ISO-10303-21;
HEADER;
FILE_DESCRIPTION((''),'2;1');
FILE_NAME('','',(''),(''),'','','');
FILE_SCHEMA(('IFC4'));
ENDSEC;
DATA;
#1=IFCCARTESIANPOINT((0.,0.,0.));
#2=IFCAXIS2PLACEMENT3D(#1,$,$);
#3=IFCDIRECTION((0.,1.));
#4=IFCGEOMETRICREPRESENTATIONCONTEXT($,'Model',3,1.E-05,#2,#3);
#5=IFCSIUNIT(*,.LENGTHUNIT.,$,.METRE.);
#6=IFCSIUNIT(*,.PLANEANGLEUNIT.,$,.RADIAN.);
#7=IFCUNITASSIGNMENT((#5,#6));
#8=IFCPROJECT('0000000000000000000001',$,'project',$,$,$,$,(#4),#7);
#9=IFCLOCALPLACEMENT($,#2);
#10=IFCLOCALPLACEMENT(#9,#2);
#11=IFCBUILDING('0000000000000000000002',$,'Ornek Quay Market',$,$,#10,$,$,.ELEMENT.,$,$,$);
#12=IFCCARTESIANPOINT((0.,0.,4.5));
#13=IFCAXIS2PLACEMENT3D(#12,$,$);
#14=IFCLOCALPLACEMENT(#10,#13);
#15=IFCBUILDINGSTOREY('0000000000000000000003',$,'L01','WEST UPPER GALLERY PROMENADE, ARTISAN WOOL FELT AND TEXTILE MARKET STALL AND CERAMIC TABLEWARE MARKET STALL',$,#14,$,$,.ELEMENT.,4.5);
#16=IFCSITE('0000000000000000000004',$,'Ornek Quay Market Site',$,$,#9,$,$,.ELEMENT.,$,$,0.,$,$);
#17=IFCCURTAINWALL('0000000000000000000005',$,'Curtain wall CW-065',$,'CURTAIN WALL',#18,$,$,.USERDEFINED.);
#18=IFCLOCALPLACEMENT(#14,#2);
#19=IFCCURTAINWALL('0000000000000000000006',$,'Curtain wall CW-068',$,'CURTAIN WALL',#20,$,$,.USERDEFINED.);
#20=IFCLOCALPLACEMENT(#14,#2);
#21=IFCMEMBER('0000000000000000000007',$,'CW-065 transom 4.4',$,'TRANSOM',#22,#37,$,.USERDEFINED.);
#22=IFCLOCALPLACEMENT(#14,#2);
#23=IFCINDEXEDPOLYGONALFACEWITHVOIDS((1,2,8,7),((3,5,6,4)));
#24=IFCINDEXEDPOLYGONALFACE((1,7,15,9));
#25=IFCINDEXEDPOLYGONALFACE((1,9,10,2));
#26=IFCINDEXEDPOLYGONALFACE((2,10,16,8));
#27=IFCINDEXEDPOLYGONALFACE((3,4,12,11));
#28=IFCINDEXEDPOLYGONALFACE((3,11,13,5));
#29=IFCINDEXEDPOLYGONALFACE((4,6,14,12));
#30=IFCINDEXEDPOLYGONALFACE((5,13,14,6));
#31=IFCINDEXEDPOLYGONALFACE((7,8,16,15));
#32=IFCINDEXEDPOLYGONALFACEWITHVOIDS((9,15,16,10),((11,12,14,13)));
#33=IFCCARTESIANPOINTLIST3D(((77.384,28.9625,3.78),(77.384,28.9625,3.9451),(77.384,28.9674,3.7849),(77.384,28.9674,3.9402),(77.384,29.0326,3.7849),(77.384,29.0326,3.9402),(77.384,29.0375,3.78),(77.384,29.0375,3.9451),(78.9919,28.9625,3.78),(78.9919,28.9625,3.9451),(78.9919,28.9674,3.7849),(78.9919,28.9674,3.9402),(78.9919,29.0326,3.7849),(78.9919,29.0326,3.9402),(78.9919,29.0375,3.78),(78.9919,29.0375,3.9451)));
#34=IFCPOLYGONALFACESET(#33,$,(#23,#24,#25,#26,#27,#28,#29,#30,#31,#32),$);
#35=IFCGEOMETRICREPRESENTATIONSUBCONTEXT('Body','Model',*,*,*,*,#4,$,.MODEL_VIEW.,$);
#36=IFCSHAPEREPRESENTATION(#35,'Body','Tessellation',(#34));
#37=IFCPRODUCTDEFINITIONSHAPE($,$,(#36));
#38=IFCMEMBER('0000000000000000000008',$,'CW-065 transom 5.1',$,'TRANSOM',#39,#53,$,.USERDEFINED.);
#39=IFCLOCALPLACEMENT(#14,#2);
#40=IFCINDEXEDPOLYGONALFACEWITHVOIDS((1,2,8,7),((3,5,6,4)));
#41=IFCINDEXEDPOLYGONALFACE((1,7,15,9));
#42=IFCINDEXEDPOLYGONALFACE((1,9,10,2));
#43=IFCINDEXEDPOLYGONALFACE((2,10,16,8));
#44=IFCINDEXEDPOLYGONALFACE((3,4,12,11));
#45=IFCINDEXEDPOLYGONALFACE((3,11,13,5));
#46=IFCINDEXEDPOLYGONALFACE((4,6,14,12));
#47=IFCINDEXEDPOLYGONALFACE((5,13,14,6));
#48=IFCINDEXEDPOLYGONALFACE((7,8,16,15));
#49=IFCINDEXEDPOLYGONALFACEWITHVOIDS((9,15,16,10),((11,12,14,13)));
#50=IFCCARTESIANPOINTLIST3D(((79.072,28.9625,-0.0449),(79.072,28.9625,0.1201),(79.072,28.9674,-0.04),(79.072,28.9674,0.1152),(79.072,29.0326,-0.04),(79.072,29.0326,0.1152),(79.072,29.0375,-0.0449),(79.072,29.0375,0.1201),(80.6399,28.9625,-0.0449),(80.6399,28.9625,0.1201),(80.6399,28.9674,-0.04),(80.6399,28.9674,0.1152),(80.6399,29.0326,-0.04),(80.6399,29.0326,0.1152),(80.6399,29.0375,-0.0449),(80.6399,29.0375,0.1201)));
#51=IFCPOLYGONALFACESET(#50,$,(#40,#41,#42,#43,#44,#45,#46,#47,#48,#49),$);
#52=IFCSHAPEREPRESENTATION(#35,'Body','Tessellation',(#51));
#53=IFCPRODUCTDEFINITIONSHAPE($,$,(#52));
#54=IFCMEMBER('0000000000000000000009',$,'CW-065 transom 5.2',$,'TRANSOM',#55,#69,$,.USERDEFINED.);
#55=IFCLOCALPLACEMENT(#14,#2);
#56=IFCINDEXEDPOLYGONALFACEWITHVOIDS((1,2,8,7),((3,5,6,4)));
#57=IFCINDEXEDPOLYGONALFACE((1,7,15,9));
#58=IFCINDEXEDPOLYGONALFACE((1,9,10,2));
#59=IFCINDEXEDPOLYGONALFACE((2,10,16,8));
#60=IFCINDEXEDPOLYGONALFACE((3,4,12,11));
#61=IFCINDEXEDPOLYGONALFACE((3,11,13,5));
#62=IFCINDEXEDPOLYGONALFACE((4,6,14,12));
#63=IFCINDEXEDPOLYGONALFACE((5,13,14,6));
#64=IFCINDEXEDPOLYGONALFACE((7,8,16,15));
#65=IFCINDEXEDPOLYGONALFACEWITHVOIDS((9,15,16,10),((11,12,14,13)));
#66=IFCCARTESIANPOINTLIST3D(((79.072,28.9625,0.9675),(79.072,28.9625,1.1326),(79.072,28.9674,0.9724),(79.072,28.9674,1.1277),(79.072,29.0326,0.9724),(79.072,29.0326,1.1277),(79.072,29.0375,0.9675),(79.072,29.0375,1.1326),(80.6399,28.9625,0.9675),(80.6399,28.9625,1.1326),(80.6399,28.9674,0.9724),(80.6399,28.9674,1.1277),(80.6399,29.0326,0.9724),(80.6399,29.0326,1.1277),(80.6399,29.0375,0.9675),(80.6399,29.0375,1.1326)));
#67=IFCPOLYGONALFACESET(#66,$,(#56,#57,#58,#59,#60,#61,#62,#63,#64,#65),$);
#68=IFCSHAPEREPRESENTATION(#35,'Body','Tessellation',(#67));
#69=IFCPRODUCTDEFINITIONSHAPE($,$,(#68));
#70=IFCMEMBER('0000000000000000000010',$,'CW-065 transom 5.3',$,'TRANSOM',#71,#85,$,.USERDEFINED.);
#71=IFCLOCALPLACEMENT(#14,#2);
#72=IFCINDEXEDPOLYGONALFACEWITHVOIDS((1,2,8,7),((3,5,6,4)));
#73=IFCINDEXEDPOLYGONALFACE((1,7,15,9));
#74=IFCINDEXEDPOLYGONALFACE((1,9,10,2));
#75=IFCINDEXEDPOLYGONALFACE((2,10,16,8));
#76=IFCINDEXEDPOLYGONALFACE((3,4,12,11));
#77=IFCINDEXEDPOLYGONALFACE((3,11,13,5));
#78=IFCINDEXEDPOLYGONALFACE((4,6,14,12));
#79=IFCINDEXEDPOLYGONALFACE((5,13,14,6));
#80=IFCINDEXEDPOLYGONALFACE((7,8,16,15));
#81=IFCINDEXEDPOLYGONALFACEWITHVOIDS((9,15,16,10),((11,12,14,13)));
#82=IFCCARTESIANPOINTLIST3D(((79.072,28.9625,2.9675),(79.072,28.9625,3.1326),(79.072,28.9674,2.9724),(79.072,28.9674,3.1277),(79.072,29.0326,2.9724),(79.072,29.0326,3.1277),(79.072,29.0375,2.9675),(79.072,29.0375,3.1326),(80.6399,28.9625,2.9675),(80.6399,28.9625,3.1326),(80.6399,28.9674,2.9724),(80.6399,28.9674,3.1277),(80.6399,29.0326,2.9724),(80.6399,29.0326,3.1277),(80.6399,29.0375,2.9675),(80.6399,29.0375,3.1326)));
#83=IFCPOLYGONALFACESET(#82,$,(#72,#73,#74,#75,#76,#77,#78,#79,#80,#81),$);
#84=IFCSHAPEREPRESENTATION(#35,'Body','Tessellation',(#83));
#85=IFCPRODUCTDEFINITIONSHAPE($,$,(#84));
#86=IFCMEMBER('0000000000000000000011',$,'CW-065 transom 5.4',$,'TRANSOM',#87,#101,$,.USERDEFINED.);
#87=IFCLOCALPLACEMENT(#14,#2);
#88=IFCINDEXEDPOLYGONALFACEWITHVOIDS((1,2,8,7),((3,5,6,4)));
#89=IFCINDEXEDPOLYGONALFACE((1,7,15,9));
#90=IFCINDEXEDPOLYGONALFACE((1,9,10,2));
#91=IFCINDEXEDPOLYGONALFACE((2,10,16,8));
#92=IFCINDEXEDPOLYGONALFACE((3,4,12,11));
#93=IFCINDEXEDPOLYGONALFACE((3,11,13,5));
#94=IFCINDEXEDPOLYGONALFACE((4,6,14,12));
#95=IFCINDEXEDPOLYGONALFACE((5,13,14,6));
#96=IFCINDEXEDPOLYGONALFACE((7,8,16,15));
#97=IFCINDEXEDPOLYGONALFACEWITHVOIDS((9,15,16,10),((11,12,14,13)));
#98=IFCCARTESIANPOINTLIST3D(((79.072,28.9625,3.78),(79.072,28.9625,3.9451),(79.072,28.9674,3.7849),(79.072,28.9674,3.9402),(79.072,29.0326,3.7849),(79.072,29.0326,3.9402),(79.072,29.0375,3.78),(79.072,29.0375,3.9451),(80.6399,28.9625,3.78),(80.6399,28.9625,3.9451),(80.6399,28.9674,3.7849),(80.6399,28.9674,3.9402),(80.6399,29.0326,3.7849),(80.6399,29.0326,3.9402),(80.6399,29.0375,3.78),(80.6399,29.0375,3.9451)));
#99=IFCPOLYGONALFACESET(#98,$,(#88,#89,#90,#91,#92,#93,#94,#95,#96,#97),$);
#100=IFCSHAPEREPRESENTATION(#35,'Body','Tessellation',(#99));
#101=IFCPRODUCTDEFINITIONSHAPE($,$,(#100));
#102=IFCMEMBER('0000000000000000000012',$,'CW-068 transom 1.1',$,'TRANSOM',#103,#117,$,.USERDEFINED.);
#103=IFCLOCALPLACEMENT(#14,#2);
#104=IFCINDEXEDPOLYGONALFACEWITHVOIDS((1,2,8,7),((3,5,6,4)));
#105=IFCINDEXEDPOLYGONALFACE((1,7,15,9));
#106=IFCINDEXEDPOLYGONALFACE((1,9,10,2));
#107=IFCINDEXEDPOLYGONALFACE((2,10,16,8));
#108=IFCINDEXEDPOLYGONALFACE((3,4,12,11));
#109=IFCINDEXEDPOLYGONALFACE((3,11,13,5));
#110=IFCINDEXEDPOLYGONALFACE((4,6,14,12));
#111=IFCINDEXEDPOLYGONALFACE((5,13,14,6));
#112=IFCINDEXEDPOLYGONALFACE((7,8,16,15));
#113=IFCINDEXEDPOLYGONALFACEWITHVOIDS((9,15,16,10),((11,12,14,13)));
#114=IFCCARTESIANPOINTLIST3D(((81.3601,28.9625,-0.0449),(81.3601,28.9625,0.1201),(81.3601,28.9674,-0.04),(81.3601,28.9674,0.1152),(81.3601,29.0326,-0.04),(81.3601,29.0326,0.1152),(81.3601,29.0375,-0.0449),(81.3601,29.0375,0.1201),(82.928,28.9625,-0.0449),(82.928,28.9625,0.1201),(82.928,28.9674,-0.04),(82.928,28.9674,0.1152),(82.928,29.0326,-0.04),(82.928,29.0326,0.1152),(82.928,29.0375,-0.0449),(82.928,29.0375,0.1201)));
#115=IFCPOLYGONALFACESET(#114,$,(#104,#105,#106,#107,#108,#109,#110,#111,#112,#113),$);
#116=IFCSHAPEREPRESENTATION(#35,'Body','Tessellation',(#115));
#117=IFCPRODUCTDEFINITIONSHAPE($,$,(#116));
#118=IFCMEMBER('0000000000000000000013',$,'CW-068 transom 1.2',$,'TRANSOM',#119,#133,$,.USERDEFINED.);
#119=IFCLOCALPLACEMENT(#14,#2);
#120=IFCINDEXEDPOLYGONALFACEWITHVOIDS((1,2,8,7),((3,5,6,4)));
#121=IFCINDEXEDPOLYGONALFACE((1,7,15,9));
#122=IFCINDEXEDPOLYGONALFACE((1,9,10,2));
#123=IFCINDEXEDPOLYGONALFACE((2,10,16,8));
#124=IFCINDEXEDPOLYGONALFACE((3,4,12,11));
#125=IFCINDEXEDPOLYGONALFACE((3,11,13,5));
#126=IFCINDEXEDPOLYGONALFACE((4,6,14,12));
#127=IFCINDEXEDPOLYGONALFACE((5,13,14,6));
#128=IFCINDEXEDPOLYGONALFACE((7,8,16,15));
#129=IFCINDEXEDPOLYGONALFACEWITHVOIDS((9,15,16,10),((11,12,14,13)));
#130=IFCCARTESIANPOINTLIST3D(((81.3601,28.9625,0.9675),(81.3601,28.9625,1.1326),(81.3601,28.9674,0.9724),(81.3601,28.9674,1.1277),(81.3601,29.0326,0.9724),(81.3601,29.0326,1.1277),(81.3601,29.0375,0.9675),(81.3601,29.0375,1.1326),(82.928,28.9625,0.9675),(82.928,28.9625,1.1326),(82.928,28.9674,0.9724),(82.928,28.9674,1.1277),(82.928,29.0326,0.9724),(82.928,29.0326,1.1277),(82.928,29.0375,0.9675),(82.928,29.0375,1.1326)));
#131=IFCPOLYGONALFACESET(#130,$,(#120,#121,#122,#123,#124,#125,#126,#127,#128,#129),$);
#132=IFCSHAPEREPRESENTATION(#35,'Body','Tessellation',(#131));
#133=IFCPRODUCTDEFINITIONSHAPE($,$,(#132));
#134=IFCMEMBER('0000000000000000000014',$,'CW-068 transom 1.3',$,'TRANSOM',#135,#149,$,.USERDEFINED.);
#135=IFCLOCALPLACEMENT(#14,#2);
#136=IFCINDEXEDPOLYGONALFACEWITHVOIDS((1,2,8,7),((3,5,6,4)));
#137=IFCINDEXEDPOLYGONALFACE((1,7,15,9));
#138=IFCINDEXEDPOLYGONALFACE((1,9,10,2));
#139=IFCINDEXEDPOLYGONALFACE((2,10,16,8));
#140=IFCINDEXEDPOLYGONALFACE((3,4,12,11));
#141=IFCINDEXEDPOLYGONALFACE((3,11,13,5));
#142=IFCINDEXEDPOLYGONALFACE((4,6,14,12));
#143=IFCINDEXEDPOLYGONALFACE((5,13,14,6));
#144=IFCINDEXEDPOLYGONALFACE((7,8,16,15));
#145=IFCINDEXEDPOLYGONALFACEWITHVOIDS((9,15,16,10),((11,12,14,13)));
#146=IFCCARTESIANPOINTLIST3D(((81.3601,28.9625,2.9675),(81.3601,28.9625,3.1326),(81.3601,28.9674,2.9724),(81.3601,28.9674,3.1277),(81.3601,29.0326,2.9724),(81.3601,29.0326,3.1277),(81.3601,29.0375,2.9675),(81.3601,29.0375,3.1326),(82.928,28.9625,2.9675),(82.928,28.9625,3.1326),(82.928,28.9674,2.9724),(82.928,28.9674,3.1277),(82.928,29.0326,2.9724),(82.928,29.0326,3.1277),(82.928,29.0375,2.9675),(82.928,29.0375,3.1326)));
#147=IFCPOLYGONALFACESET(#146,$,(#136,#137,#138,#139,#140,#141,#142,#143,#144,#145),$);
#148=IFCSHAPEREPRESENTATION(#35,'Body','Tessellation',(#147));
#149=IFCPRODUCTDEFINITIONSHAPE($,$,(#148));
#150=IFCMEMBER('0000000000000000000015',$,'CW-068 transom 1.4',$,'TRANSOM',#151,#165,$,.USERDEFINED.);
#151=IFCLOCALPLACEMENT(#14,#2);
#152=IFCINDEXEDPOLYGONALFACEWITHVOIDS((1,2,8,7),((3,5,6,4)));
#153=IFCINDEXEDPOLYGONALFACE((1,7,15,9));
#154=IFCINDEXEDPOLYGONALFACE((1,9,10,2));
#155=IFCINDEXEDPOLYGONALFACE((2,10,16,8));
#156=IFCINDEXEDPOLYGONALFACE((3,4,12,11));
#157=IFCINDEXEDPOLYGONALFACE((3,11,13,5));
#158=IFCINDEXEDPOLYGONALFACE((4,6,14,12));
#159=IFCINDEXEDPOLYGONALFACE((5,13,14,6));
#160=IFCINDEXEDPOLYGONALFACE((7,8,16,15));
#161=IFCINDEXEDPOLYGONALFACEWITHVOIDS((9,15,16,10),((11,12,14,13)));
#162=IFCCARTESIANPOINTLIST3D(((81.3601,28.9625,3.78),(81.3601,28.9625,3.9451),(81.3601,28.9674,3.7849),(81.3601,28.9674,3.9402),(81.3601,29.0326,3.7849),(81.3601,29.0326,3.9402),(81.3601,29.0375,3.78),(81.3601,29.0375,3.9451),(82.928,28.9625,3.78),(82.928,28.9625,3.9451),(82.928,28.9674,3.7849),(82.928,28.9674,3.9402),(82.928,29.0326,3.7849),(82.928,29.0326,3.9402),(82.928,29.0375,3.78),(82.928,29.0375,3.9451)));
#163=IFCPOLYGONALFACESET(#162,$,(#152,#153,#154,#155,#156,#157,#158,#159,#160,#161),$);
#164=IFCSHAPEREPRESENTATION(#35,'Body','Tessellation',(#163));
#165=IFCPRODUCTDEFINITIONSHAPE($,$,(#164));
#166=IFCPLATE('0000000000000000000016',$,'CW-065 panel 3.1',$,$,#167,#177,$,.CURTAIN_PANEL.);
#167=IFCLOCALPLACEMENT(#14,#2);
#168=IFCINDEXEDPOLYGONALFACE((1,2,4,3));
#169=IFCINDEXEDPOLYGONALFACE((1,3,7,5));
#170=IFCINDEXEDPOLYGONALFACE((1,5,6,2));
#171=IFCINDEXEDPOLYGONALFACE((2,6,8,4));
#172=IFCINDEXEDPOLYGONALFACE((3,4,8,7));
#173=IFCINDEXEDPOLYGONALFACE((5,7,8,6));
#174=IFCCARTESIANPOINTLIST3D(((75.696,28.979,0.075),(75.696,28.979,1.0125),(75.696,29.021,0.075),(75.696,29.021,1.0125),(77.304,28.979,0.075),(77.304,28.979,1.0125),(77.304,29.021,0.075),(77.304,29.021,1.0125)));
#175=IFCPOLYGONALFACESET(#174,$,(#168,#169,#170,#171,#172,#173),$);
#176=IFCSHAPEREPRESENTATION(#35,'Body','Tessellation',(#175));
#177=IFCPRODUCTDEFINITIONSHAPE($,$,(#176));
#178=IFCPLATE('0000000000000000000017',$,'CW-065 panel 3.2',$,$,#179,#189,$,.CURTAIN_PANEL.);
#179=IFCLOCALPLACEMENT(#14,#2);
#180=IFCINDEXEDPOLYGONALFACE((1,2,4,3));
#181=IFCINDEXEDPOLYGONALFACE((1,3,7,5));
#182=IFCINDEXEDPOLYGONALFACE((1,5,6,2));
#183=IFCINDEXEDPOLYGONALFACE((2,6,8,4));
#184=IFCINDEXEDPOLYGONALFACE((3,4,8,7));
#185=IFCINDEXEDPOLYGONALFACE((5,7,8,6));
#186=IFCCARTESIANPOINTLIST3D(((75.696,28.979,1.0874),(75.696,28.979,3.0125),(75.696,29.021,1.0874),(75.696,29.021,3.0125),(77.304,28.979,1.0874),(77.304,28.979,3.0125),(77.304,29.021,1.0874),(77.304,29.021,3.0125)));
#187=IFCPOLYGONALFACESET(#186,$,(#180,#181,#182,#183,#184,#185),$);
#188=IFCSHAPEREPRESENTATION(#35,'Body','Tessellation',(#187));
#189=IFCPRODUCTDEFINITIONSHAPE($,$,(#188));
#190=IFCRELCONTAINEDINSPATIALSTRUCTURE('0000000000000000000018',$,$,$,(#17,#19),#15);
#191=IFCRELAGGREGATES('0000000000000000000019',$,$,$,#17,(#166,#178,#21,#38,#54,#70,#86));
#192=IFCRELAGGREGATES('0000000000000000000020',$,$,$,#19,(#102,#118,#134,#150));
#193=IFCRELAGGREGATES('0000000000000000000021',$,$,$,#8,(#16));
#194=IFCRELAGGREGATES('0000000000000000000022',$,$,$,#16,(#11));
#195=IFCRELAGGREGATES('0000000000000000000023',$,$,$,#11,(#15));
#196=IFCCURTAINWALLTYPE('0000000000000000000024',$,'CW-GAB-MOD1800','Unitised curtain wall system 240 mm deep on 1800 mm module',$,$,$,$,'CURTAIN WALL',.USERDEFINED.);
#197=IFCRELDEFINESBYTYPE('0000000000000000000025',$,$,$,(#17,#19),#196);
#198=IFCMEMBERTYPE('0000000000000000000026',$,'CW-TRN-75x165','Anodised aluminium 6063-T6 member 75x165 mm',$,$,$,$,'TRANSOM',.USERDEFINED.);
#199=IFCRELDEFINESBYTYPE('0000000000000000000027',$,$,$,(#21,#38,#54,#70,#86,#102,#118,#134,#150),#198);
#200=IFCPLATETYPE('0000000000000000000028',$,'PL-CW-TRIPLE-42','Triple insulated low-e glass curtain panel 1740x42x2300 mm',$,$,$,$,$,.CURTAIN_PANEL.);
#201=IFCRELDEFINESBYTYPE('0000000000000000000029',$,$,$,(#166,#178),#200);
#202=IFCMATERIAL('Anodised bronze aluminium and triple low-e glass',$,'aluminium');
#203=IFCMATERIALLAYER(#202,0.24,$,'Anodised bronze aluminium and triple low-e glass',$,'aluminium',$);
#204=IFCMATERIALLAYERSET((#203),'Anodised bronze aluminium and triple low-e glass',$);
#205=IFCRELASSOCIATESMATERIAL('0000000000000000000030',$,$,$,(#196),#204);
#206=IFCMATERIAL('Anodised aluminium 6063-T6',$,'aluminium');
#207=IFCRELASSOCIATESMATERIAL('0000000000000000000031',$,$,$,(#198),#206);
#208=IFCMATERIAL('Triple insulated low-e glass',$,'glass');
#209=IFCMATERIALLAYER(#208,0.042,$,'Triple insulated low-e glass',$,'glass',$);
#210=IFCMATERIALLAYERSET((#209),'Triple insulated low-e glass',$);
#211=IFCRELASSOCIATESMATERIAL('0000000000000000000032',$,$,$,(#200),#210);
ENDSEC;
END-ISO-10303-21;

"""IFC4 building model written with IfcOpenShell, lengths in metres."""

from ifc_helpers import new_model, si_unit, direction, frame, origin, origin_2d, place, context, subcontext, project, spatial, rectangle, hollow_rectangle, extrude, material, layer, layer_set, material_profile, profile_set, type_object, element, aggregate, save


model = new_model("IFC4")

# Units and contexts
model_context = context("Model", 3, precision=1e-05, world=origin(), true_north=direction((0.0, 1.0)))
body_context = subcontext(model_context, "Body", "Model", "MODEL_VIEW")
ifc_project = project(units=[si_unit("LENGTHUNIT", "METRE"), si_unit("PLANEANGLEUNIT", "RADIAN")], contexts=[model_context])

# Site, building, storey
site_placement = place(None, origin())
site = spatial("IfcSite", under=ifc_project, at=site_placement, Name="Ornek Quay Market Site", CompositionType="ELEMENT", RefElevation=0.0)
building_placement = place(site_placement, origin())
building = spatial("IfcBuilding", under=site, at=building_placement, Name="Ornek Quay Market", CompositionType="ELEMENT")
storey_placement = place(building_placement, frame((0.0, 0.0, 4.5)))
storey = spatial("IfcBuildingStorey", under=building, at=storey_placement, Name="L01", Description="WEST UPPER GALLERY PROMENADE, ARTISAN WOOL FELT AND TEXTILE MARKET STALL AND CERAMIC TABLEWARE MARKET STALL", CompositionType="ELEMENT", Elevation=4.5)

# Curtain walls
ifc_material_1 = material(Name="Anodised bronze aluminium and triple low-e glass", Category="aluminium")
ifc_layer_1 = layer(ifc_material_1, 0.24, Name="Anodised bronze aluminium and triple low-e glass", Category="aluminium")
ifc_layer_set_1 = layer_set([ifc_layer_1], Name="Anodised bronze aluminium and triple low-e glass")
curtain_wall_type = type_object("IfcCurtainWallType", Name="CW-GAB-MOD1800", Description="Unitised curtain wall system 240 mm deep on 1800 mm module", ElementType="CURTAIN WALL", PredefinedType="USERDEFINED", material=ifc_layer_set_1)
curtain_wall_1_placement = place(storey_placement, origin())
curtain_wall_1 = element("IfcCurtainWall", 1, at=curtain_wall_1_placement, inside=storey, type_object=curtain_wall_type, Name="Curtain wall CW-065", ObjectType="CURTAIN WALL", PredefinedType="USERDEFINED")
ifc_material_2 = material(Name="Anodised aluminium 6063-T6", Category="aluminium")
curtain_wall_2_placement = place(storey_placement, origin())
curtain_wall_2 = element("IfcCurtainWall", 2, at=curtain_wall_2_placement, inside=storey, type_object=curtain_wall_type, Name="Curtain wall CW-068", ObjectType="CURTAIN WALL", PredefinedType="USERDEFINED")

# Members
ifc_material_profile_1 = material_profile(ifc_material_2, hollow_rectangle(XDim=0.075, YDim=0.165, WallThickness=0.0049, at=origin_2d()), Name="CW-TRN-75x165", Category="aluminium")
ifc_profile_set_1 = profile_set([ifc_material_profile_1], Name="Anodised aluminium 6063-T6")
member_type_1 = type_object("IfcMemberType", Name="CW-TRN-75x165", Description="Anodised aluminium 6063-T6 member 75x165 mm", ElementType="TRANSOM", PredefinedType="USERDEFINED", material=ifc_profile_set_1)
member_1_placement = place(storey_placement, frame((77.384, 29.0, 3.8625), z_axis=(1.0, 0.0, 0.0), x_axis=(0.0, 1.0, 0.0)))
member_1 = element("IfcMember", 3, at=member_1_placement, type_object=member_type_1, Name="CW-065 transom 4.4", ObjectType="TRANSOM", PredefinedType="USERDEFINED", context=body_context, shape_type="SweptSolid", body=[
    extrude(hollow_rectangle(XDim=0.075, YDim=0.165, WallThickness=0.0049, at=origin_2d()), origin(), (0.0, 0.0, 1.0), 1.6079),
])
member_2_placement = place(storey_placement, frame((79.072, 29.0, 0.0376), z_axis=(1.0, 0.0, 0.0), x_axis=(0.0, 1.0, 0.0)))
member_2 = element("IfcMember", 4, at=member_2_placement, type_object=member_type_1, Name="CW-065 transom 5.1", ObjectType="TRANSOM", PredefinedType="USERDEFINED", context=body_context, shape_type="SweptSolid", body=[
    extrude(hollow_rectangle(XDim=0.075, YDim=0.165, WallThickness=0.0049, at=origin_2d()), origin(), (0.0, 0.0, 1.0), 1.5679),
])
member_3_placement = place(storey_placement, frame((79.072, 29.0, 1.05), z_axis=(1.0, 0.0, 0.0), x_axis=(0.0, 1.0, 0.0)))
member_3 = element("IfcMember", 5, at=member_3_placement, type_object=member_type_1, Name="CW-065 transom 5.2", ObjectType="TRANSOM", PredefinedType="USERDEFINED", context=body_context, shape_type="SweptSolid", body=[
    extrude(hollow_rectangle(XDim=0.075, YDim=0.165, WallThickness=0.0049, at=origin_2d()), origin(), (0.0, 0.0, 1.0), 1.5679),
])
member_4_placement = place(storey_placement, frame((79.072, 29.0, 3.05), z_axis=(1.0, 0.0, 0.0), x_axis=(0.0, 1.0, 0.0)))
member_4 = element("IfcMember", 6, at=member_4_placement, type_object=member_type_1, Name="CW-065 transom 5.3", ObjectType="TRANSOM", PredefinedType="USERDEFINED", context=body_context, shape_type="SweptSolid", body=[
    extrude(hollow_rectangle(XDim=0.075, YDim=0.165, WallThickness=0.0049, at=origin_2d()), origin(), (0.0, 0.0, 1.0), 1.5679),
])
member_5_placement = place(storey_placement, frame((79.072, 29.0, 3.8625), z_axis=(1.0, 0.0, 0.0), x_axis=(0.0, 1.0, 0.0)))
member_5 = element("IfcMember", 7, at=member_5_placement, type_object=member_type_1, Name="CW-065 transom 5.4", ObjectType="TRANSOM", PredefinedType="USERDEFINED", context=body_context, shape_type="SweptSolid", body=[
    extrude(hollow_rectangle(XDim=0.075, YDim=0.165, WallThickness=0.0049, at=origin_2d()), origin(), (0.0, 0.0, 1.0), 1.5679),
])
member_6_placement = place(storey_placement, frame((81.3601, 29.0, 0.0376), z_axis=(1.0, 0.0, 0.0), x_axis=(0.0, 1.0, 0.0)))
member_6 = element("IfcMember", 8, at=member_6_placement, type_object=member_type_1, Name="CW-068 transom 1.1", ObjectType="TRANSOM", PredefinedType="USERDEFINED", context=body_context, shape_type="SweptSolid", body=[
    extrude(hollow_rectangle(XDim=0.075, YDim=0.165, WallThickness=0.0049, at=origin_2d()), origin(), (0.0, 0.0, 1.0), 1.5679),
])
member_7_placement = place(storey_placement, frame((81.3601, 29.0, 1.05), z_axis=(1.0, 0.0, 0.0), x_axis=(0.0, 1.0, 0.0)))
member_7 = element("IfcMember", 9, at=member_7_placement, type_object=member_type_1, Name="CW-068 transom 1.2", ObjectType="TRANSOM", PredefinedType="USERDEFINED", context=body_context, shape_type="SweptSolid", body=[
    extrude(hollow_rectangle(XDim=0.075, YDim=0.165, WallThickness=0.0049, at=origin_2d()), origin(), (0.0, 0.0, 1.0), 1.5679),
])
member_8_placement = place(storey_placement, frame((81.3601, 29.0, 3.05), z_axis=(1.0, 0.0, 0.0), x_axis=(0.0, 1.0, 0.0)))
member_8 = element("IfcMember", 10, at=member_8_placement, type_object=member_type_1, Name="CW-068 transom 1.3", ObjectType="TRANSOM", PredefinedType="USERDEFINED", context=body_context, shape_type="SweptSolid", body=[
    extrude(hollow_rectangle(XDim=0.075, YDim=0.165, WallThickness=0.0049, at=origin_2d()), origin(), (0.0, 0.0, 1.0), 1.5679),
])
member_9_placement = place(storey_placement, frame((81.3601, 29.0, 3.8625), z_axis=(1.0, 0.0, 0.0), x_axis=(0.0, 1.0, 0.0)))
member_9 = element("IfcMember", 11, at=member_9_placement, type_object=member_type_1, Name="CW-068 transom 1.4", ObjectType="TRANSOM", PredefinedType="USERDEFINED", context=body_context, shape_type="SweptSolid", body=[
    extrude(hollow_rectangle(XDim=0.075, YDim=0.165, WallThickness=0.0049, at=origin_2d()), origin(), (0.0, 0.0, 1.0), 1.5679),
])

# Plates
ifc_material_3 = material(Name="Triple insulated low-e glass", Category="glass")
ifc_layer_2 = layer(ifc_material_3, 0.042, Name="Triple insulated low-e glass", Category="glass")
ifc_layer_set_2 = layer_set([ifc_layer_2], Name="Triple insulated low-e glass")
plate_type = type_object("IfcPlateType", Name="PL-CW-TRIPLE-42", Description="Triple insulated low-e glass curtain panel 1740x42x2300 mm", PredefinedType="CURTAIN_PANEL", material=ifc_layer_set_2)
plate_1_placement = place(storey_placement, frame((76.5, 29.0, 0.075), z_axis=(0.0, 0.0, 1.0), x_axis=(1.0, 0.0, 0.0)))
plate_1 = element("IfcPlate", 12, at=plate_1_placement, type_object=plate_type, Name="CW-065 panel 3.1", PredefinedType="CURTAIN_PANEL", context=body_context, shape_type="SweptSolid", body=[
    extrude(rectangle(XDim=1.6079, YDim=0.042, at=origin_2d()), origin(), (0.0, 0.0, 1.0), 0.9375),
])
plate_2_placement = place(storey_placement, frame((76.5, 29.0, 1.0874), z_axis=(0.0, 0.0, 1.0), x_axis=(1.0, 0.0, 0.0)))
plate_2 = element("IfcPlate", 13, at=plate_2_placement, type_object=plate_type, Name="CW-065 panel 3.2", PredefinedType="CURTAIN_PANEL", context=body_context, shape_type="SweptSolid", body=[
    extrude(rectangle(XDim=1.6079, YDim=0.042, at=origin_2d()), origin(), (0.0, 0.0, 1.0), 1.925),
])
aggregate(curtain_wall_1, [plate_1, plate_2, member_1, member_2, member_3, member_4, member_5])
aggregate(curtain_wall_2, [member_6, member_7, member_8, member_9])

save(model, "model.ifc")
